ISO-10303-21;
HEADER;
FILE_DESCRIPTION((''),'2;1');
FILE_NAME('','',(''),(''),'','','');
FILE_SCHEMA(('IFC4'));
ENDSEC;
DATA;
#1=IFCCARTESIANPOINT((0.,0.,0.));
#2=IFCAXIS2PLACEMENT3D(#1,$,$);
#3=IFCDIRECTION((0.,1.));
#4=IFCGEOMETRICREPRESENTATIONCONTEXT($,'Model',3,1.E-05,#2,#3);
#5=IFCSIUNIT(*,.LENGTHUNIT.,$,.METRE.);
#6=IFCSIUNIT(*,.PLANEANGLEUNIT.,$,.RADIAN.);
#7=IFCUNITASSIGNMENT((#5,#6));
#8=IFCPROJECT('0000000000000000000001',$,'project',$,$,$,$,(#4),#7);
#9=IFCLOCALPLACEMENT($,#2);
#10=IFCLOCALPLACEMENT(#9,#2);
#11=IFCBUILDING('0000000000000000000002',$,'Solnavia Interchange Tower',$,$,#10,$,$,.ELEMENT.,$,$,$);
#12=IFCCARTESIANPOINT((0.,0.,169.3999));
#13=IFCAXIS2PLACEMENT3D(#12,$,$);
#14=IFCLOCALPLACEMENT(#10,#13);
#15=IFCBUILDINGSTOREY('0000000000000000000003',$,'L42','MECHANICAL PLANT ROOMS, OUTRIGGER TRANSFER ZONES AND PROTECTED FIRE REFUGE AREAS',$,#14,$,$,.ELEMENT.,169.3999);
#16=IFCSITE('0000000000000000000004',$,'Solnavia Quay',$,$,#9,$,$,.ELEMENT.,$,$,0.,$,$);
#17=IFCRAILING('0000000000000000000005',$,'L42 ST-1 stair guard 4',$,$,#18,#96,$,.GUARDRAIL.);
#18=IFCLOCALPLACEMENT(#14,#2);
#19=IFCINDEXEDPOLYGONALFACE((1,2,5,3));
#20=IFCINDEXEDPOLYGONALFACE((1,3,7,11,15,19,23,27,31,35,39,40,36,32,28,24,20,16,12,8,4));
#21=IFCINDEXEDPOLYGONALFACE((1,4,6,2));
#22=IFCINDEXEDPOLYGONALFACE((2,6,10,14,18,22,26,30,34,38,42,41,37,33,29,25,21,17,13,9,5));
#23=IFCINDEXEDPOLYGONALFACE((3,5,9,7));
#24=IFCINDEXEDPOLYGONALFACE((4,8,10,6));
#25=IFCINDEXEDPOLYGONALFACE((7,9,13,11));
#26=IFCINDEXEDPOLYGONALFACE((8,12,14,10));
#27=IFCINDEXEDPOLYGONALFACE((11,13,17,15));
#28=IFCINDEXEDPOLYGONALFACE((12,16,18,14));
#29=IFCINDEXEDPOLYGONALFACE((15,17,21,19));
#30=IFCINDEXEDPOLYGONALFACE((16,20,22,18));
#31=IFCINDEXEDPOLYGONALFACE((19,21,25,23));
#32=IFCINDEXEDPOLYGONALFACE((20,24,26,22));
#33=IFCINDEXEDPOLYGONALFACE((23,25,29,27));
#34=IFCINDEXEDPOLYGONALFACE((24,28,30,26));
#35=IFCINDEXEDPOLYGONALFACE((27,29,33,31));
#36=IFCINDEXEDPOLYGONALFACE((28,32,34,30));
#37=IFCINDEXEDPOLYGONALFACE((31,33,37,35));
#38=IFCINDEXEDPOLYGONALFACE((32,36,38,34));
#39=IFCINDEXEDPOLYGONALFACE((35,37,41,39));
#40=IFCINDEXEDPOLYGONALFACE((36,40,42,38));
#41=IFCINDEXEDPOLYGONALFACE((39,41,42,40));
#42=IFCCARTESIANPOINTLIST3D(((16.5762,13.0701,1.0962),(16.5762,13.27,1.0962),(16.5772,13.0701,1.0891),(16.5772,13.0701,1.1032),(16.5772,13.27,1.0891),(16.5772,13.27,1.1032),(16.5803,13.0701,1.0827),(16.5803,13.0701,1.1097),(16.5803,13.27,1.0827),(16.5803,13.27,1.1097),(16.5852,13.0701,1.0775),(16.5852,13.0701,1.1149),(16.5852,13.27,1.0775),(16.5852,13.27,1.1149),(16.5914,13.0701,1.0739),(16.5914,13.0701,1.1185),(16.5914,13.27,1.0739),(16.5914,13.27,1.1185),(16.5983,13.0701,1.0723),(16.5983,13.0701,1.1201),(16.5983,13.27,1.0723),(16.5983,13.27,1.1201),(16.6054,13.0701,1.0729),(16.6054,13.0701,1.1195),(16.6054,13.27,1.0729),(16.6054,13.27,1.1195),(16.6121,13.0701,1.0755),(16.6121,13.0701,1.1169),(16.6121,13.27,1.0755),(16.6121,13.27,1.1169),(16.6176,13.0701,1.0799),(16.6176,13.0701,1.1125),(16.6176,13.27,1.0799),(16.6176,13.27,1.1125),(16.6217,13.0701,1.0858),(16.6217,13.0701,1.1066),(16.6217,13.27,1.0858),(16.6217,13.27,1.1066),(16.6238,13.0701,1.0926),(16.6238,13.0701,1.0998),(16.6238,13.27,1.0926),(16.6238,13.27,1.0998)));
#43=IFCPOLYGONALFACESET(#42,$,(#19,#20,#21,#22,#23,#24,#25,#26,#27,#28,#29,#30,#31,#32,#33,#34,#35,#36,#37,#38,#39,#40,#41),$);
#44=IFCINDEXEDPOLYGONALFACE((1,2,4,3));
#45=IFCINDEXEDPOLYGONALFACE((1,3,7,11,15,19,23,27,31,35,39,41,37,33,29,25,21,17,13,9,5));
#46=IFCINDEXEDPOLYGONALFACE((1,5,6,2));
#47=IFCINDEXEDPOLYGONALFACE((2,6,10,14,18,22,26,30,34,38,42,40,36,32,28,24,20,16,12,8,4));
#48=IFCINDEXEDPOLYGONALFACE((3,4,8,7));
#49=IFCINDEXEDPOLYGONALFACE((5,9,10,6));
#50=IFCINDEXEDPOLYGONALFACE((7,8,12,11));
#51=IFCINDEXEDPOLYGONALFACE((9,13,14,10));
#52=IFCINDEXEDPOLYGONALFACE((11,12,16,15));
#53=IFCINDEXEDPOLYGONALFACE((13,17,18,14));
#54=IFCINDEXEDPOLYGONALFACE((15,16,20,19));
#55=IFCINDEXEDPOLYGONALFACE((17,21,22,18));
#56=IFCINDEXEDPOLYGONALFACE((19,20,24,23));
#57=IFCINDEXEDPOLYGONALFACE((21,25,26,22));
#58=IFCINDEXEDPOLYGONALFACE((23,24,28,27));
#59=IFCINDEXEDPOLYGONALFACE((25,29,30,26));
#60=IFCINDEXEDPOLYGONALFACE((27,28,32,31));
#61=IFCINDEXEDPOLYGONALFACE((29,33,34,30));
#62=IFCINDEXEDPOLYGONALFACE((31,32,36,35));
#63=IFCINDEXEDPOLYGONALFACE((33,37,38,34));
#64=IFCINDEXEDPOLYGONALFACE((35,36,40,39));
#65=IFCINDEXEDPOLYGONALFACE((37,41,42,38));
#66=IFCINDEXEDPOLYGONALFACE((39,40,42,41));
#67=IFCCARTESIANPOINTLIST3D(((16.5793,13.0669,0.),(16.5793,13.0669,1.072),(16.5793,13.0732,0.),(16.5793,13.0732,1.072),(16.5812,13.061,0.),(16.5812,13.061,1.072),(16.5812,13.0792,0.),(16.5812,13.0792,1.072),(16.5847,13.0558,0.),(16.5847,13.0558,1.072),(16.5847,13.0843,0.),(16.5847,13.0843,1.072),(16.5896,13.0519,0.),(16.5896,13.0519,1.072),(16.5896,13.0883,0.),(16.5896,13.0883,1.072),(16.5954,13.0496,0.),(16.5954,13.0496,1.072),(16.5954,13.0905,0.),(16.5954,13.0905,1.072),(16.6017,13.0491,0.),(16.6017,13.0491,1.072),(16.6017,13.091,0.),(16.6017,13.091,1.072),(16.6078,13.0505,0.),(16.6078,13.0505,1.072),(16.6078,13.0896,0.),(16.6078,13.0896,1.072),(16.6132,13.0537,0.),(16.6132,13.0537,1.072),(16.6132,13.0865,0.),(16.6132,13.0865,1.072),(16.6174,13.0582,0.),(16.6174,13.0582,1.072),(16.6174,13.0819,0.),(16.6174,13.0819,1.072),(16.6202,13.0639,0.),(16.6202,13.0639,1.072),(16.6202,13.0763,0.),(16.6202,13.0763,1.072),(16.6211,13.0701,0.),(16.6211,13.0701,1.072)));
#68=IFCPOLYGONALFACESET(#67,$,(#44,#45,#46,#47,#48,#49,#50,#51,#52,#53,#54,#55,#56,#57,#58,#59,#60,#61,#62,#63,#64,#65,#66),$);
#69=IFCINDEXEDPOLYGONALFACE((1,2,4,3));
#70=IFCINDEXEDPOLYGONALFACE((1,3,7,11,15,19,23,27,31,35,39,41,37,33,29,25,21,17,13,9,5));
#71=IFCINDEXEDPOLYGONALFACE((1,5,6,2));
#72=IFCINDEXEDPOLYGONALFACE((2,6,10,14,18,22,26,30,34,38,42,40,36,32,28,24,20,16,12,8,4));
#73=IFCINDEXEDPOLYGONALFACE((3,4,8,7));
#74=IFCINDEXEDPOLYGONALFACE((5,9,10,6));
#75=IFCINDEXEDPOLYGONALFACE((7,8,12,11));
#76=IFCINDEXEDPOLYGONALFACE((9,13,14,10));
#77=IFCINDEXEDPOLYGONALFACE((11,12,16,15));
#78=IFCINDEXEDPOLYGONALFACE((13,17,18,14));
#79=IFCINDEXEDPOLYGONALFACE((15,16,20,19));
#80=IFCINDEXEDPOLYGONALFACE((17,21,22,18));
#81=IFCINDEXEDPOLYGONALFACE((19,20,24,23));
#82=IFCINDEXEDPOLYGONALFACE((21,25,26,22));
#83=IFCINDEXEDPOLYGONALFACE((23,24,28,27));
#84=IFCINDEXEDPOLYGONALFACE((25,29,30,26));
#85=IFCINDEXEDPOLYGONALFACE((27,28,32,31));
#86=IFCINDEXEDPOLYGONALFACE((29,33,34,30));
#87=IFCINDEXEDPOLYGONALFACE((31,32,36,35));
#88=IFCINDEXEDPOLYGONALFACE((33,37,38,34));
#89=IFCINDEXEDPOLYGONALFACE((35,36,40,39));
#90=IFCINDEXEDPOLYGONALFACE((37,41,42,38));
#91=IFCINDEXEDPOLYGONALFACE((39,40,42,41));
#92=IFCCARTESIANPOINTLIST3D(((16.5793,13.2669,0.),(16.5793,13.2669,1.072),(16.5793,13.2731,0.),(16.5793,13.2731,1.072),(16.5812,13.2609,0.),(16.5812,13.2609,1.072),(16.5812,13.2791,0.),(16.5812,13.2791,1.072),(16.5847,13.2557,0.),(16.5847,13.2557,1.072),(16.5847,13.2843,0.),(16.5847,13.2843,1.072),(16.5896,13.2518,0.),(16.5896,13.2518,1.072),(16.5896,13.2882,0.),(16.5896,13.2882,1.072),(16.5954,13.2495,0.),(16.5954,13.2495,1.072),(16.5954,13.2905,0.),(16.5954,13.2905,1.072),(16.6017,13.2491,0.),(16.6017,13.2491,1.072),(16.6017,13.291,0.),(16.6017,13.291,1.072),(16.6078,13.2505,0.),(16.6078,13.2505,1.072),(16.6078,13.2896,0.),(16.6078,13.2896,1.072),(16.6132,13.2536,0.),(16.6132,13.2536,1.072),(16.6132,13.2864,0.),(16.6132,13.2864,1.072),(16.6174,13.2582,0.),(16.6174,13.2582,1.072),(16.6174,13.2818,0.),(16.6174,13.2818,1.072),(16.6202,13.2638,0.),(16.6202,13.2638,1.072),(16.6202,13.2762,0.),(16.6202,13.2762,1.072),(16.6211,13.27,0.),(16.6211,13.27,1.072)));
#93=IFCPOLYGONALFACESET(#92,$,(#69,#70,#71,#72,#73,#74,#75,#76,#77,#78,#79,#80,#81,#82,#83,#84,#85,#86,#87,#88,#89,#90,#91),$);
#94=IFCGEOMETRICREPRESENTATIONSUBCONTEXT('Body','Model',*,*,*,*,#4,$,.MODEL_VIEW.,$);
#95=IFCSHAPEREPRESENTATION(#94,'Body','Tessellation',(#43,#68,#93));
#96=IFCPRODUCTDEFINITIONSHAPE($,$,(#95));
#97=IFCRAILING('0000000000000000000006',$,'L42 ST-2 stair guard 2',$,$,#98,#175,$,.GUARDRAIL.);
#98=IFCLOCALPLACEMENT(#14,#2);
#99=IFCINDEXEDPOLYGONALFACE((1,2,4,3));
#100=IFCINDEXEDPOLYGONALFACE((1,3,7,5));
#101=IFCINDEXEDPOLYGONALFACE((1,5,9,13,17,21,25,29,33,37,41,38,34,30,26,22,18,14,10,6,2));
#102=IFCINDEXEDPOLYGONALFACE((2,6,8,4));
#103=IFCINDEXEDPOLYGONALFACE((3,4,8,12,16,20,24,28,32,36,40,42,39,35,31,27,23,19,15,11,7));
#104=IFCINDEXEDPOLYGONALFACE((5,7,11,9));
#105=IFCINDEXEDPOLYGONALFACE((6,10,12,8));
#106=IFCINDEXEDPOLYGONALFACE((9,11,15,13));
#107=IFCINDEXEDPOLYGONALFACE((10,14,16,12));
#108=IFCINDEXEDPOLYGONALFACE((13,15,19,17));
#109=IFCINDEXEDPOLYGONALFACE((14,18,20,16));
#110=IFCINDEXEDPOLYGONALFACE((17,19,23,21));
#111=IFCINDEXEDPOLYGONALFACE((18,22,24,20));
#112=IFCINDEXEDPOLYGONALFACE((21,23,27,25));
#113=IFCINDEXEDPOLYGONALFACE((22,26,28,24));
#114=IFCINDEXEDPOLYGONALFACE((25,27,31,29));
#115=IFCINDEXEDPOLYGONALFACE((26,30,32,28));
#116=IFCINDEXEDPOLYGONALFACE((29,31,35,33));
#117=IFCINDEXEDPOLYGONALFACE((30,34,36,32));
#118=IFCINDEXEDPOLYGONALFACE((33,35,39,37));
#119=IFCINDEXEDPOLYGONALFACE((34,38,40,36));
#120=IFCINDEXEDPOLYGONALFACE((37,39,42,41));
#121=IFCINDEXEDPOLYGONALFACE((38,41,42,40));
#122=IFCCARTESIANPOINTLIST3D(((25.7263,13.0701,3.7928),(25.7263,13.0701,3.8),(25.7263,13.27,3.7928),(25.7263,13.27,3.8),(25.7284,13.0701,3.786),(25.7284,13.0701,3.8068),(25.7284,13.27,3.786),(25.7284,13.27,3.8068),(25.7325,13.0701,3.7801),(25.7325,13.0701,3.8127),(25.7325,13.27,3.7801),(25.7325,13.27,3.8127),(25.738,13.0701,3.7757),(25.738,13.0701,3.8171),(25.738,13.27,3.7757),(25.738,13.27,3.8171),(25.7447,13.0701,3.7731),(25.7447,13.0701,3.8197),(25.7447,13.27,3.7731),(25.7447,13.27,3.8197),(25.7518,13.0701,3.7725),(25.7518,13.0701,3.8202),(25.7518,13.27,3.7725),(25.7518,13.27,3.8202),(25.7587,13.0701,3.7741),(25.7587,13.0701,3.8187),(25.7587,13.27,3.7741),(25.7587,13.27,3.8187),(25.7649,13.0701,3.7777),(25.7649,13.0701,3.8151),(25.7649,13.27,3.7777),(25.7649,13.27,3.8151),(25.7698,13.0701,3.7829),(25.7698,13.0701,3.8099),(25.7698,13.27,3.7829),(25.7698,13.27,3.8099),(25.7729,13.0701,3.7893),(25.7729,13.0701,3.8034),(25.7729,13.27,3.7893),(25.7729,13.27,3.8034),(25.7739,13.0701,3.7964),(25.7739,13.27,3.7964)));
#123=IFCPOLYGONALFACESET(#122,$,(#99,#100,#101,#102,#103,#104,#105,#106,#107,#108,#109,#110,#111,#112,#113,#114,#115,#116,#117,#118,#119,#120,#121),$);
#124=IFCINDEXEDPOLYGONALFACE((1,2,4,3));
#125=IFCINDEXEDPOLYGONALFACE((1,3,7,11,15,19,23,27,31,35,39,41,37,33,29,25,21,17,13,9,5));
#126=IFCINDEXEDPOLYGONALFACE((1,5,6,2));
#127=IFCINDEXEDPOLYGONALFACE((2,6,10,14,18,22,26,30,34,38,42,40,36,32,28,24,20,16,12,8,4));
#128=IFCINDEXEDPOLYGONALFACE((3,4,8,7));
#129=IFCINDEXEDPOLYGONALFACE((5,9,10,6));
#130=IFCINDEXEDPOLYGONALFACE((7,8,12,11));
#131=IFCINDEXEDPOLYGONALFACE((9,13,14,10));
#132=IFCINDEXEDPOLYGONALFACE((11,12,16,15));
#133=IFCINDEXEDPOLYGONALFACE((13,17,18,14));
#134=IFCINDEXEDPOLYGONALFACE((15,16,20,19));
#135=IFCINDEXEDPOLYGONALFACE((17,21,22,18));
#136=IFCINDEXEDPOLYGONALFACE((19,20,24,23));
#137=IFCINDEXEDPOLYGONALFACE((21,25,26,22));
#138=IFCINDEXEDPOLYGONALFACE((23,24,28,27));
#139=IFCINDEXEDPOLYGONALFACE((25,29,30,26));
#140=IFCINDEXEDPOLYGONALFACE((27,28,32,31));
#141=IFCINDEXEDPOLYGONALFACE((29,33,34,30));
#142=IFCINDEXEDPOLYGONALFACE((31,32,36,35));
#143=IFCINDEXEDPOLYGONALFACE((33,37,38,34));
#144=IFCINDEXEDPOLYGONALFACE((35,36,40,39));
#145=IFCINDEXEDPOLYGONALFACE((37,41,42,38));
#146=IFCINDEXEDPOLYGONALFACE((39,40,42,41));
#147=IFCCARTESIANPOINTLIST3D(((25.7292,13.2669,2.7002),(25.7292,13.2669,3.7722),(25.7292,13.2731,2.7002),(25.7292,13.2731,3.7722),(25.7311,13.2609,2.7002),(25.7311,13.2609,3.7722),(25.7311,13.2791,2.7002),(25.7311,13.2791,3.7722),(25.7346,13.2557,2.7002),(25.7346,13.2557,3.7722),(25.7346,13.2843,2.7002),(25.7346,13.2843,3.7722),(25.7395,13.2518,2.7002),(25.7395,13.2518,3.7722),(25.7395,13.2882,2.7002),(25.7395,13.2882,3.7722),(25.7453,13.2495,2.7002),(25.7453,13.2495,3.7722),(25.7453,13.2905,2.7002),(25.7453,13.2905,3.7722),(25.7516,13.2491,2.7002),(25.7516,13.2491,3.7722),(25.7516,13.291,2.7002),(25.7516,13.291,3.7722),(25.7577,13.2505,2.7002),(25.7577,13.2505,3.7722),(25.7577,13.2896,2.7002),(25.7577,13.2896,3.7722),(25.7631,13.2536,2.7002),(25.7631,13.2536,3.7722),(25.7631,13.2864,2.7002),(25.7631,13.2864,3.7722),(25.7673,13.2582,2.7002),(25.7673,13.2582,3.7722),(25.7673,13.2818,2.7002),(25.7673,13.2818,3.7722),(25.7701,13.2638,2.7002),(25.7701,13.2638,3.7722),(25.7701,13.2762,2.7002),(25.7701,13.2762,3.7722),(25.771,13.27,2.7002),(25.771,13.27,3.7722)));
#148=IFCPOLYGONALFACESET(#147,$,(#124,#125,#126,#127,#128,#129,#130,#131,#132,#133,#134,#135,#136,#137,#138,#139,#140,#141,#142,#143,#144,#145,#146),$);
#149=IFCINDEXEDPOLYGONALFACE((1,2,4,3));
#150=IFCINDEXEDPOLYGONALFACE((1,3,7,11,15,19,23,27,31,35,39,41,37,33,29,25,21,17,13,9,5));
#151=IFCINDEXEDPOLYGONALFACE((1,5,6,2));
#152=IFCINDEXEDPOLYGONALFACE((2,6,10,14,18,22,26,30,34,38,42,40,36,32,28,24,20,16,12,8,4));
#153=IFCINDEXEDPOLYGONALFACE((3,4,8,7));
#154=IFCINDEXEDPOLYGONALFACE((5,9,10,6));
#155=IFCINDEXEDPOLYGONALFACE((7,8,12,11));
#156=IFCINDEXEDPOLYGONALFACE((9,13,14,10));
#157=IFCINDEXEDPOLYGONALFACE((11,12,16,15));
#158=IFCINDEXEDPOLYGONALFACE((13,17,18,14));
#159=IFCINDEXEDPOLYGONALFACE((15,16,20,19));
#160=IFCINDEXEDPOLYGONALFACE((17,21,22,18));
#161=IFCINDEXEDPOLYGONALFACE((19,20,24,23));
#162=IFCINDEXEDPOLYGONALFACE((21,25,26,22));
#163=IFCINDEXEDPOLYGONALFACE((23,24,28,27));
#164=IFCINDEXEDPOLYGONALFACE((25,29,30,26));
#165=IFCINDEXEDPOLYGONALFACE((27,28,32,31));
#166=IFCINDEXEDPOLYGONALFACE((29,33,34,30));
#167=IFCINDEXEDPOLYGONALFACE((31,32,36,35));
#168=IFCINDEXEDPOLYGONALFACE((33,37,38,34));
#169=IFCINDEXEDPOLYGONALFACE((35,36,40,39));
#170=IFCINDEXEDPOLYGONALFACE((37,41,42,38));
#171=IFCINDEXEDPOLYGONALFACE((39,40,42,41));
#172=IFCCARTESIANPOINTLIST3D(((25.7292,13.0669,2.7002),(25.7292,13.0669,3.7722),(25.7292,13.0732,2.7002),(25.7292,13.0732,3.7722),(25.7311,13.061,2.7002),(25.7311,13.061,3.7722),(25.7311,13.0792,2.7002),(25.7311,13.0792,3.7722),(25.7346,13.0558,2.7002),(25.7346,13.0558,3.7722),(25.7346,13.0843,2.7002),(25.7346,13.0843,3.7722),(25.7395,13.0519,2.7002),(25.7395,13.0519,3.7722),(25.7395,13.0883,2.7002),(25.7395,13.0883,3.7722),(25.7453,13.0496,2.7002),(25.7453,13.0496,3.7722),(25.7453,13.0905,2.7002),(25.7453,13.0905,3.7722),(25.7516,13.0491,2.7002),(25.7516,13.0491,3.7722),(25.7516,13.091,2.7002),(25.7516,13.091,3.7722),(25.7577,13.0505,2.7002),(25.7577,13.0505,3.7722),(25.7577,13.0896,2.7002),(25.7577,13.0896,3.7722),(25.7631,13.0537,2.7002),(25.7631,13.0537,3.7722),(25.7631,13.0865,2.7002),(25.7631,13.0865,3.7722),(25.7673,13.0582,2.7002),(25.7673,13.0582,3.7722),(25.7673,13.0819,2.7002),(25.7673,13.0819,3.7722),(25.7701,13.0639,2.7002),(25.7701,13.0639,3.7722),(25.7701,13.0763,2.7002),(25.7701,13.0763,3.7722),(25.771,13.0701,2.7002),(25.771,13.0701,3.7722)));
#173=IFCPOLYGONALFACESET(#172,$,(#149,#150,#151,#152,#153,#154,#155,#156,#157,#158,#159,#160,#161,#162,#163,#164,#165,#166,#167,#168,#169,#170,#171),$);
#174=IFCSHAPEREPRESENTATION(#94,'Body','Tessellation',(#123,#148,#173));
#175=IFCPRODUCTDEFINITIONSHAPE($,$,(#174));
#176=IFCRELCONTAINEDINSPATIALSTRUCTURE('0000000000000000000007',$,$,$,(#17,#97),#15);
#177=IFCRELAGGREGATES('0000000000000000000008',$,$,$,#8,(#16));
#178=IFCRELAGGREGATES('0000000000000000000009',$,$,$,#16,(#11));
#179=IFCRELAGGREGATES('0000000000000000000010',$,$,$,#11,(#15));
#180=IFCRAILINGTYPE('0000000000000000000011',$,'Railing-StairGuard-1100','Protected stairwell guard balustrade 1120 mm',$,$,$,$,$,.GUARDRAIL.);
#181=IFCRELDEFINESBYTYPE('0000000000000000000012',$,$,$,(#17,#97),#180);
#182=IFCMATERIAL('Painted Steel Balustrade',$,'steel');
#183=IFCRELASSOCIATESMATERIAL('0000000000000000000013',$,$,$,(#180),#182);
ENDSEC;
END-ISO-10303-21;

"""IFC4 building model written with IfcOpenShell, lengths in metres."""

from ifc_helpers import new_model, si_unit, direction, frame, origin, origin_2d, place, context, subcontext, project, spatial, circle, extrude, material, type_object, element, save


model = new_model("IFC4")

# Units and contexts
model_context = context("Model", 3, precision=1e-05, world=origin(), true_north=direction((0.0, 1.0)))
body_context = subcontext(model_context, "Body", "Model", "MODEL_VIEW")
ifc_project = project(units=[si_unit("LENGTHUNIT", "METRE"), si_unit("PLANEANGLEUNIT", "RADIAN")], contexts=[model_context])

# Site, building, storey
site_placement = place(None, origin())
site = spatial("IfcSite", under=ifc_project, at=site_placement, Name="Solnavia Quay", CompositionType="ELEMENT", RefElevation=0.0)
building_placement = place(site_placement, origin())
building = spatial("IfcBuilding", under=site, at=building_placement, Name="Solnavia Interchange Tower", CompositionType="ELEMENT")
storey_placement = place(building_placement, frame((0.0, 0.0, 169.3999)))
storey = spatial("IfcBuildingStorey", under=building, at=storey_placement, Name="L42", Description="MECHANICAL PLANT ROOMS, OUTRIGGER TRANSFER ZONES AND PROTECTED FIRE REFUGE AREAS", CompositionType="ELEMENT", Elevation=169.3999)

# Railings
ifc_material_1 = material(Name="Painted Steel Balustrade", Category="steel")
railing_type_1 = type_object("IfcRailingType", Name="Railing-StairGuard-1100", Description="Protected stairwell guard balustrade 1120 mm", PredefinedType="GUARDRAIL", material=ifc_material_1)
railing_1_placement = place(storey_placement, frame((16.6001, 13.0701, 0.0)))
element("IfcRailing", 1, at=railing_1_placement, inside=storey, type_object=railing_type_1, Name="L42 ST-1 stair guard 4", PredefinedType="GUARDRAIL", context=body_context, shape_type="SweptSolid", body=[
    extrude(circle(Radius=0.0239, at=origin_2d()), frame((0.0, 0.0, 1.0962), z_axis=(0.0, 1.0, 0.0), x_axis=(-1.0, 0.0, 0.0)), (0.0, 0.0, 1.0), 0.2),
    extrude(circle(Radius=0.021, at=origin_2d()), origin(), (0.0, 0.0, 1.0), 1.072),
    extrude(circle(Radius=0.021, at=origin_2d()), frame((0.0, 0.2, 0.0)), (0.0, 0.0, 1.0), 1.072),
])
railing_2_placement = place(storey_placement, frame((25.75, 13.27, 2.7002)))
element("IfcRailing", 2, at=railing_2_placement, inside=storey, type_object=railing_type_1, Name="L42 ST-2 stair guard 2", PredefinedType="GUARDRAIL", context=body_context, shape_type="SweptSolid", body=[
    extrude(circle(Radius=0.0239, at=origin_2d()), frame((0.0, 0.0, 1.0962), z_axis=(0.0, -1.0, 0.0), x_axis=(1.0, 0.0, 0.0)), (0.0, 0.0, 1.0), 0.2),
    extrude(circle(Radius=0.021, at=origin_2d()), origin(), (0.0, 0.0, 1.0), 1.072),
    extrude(circle(Radius=0.021, at=origin_2d()), frame((0.0, -0.2, 0.0)), (0.0, 0.0, 1.0), 1.072),
])

save(model, "model.ifc")
